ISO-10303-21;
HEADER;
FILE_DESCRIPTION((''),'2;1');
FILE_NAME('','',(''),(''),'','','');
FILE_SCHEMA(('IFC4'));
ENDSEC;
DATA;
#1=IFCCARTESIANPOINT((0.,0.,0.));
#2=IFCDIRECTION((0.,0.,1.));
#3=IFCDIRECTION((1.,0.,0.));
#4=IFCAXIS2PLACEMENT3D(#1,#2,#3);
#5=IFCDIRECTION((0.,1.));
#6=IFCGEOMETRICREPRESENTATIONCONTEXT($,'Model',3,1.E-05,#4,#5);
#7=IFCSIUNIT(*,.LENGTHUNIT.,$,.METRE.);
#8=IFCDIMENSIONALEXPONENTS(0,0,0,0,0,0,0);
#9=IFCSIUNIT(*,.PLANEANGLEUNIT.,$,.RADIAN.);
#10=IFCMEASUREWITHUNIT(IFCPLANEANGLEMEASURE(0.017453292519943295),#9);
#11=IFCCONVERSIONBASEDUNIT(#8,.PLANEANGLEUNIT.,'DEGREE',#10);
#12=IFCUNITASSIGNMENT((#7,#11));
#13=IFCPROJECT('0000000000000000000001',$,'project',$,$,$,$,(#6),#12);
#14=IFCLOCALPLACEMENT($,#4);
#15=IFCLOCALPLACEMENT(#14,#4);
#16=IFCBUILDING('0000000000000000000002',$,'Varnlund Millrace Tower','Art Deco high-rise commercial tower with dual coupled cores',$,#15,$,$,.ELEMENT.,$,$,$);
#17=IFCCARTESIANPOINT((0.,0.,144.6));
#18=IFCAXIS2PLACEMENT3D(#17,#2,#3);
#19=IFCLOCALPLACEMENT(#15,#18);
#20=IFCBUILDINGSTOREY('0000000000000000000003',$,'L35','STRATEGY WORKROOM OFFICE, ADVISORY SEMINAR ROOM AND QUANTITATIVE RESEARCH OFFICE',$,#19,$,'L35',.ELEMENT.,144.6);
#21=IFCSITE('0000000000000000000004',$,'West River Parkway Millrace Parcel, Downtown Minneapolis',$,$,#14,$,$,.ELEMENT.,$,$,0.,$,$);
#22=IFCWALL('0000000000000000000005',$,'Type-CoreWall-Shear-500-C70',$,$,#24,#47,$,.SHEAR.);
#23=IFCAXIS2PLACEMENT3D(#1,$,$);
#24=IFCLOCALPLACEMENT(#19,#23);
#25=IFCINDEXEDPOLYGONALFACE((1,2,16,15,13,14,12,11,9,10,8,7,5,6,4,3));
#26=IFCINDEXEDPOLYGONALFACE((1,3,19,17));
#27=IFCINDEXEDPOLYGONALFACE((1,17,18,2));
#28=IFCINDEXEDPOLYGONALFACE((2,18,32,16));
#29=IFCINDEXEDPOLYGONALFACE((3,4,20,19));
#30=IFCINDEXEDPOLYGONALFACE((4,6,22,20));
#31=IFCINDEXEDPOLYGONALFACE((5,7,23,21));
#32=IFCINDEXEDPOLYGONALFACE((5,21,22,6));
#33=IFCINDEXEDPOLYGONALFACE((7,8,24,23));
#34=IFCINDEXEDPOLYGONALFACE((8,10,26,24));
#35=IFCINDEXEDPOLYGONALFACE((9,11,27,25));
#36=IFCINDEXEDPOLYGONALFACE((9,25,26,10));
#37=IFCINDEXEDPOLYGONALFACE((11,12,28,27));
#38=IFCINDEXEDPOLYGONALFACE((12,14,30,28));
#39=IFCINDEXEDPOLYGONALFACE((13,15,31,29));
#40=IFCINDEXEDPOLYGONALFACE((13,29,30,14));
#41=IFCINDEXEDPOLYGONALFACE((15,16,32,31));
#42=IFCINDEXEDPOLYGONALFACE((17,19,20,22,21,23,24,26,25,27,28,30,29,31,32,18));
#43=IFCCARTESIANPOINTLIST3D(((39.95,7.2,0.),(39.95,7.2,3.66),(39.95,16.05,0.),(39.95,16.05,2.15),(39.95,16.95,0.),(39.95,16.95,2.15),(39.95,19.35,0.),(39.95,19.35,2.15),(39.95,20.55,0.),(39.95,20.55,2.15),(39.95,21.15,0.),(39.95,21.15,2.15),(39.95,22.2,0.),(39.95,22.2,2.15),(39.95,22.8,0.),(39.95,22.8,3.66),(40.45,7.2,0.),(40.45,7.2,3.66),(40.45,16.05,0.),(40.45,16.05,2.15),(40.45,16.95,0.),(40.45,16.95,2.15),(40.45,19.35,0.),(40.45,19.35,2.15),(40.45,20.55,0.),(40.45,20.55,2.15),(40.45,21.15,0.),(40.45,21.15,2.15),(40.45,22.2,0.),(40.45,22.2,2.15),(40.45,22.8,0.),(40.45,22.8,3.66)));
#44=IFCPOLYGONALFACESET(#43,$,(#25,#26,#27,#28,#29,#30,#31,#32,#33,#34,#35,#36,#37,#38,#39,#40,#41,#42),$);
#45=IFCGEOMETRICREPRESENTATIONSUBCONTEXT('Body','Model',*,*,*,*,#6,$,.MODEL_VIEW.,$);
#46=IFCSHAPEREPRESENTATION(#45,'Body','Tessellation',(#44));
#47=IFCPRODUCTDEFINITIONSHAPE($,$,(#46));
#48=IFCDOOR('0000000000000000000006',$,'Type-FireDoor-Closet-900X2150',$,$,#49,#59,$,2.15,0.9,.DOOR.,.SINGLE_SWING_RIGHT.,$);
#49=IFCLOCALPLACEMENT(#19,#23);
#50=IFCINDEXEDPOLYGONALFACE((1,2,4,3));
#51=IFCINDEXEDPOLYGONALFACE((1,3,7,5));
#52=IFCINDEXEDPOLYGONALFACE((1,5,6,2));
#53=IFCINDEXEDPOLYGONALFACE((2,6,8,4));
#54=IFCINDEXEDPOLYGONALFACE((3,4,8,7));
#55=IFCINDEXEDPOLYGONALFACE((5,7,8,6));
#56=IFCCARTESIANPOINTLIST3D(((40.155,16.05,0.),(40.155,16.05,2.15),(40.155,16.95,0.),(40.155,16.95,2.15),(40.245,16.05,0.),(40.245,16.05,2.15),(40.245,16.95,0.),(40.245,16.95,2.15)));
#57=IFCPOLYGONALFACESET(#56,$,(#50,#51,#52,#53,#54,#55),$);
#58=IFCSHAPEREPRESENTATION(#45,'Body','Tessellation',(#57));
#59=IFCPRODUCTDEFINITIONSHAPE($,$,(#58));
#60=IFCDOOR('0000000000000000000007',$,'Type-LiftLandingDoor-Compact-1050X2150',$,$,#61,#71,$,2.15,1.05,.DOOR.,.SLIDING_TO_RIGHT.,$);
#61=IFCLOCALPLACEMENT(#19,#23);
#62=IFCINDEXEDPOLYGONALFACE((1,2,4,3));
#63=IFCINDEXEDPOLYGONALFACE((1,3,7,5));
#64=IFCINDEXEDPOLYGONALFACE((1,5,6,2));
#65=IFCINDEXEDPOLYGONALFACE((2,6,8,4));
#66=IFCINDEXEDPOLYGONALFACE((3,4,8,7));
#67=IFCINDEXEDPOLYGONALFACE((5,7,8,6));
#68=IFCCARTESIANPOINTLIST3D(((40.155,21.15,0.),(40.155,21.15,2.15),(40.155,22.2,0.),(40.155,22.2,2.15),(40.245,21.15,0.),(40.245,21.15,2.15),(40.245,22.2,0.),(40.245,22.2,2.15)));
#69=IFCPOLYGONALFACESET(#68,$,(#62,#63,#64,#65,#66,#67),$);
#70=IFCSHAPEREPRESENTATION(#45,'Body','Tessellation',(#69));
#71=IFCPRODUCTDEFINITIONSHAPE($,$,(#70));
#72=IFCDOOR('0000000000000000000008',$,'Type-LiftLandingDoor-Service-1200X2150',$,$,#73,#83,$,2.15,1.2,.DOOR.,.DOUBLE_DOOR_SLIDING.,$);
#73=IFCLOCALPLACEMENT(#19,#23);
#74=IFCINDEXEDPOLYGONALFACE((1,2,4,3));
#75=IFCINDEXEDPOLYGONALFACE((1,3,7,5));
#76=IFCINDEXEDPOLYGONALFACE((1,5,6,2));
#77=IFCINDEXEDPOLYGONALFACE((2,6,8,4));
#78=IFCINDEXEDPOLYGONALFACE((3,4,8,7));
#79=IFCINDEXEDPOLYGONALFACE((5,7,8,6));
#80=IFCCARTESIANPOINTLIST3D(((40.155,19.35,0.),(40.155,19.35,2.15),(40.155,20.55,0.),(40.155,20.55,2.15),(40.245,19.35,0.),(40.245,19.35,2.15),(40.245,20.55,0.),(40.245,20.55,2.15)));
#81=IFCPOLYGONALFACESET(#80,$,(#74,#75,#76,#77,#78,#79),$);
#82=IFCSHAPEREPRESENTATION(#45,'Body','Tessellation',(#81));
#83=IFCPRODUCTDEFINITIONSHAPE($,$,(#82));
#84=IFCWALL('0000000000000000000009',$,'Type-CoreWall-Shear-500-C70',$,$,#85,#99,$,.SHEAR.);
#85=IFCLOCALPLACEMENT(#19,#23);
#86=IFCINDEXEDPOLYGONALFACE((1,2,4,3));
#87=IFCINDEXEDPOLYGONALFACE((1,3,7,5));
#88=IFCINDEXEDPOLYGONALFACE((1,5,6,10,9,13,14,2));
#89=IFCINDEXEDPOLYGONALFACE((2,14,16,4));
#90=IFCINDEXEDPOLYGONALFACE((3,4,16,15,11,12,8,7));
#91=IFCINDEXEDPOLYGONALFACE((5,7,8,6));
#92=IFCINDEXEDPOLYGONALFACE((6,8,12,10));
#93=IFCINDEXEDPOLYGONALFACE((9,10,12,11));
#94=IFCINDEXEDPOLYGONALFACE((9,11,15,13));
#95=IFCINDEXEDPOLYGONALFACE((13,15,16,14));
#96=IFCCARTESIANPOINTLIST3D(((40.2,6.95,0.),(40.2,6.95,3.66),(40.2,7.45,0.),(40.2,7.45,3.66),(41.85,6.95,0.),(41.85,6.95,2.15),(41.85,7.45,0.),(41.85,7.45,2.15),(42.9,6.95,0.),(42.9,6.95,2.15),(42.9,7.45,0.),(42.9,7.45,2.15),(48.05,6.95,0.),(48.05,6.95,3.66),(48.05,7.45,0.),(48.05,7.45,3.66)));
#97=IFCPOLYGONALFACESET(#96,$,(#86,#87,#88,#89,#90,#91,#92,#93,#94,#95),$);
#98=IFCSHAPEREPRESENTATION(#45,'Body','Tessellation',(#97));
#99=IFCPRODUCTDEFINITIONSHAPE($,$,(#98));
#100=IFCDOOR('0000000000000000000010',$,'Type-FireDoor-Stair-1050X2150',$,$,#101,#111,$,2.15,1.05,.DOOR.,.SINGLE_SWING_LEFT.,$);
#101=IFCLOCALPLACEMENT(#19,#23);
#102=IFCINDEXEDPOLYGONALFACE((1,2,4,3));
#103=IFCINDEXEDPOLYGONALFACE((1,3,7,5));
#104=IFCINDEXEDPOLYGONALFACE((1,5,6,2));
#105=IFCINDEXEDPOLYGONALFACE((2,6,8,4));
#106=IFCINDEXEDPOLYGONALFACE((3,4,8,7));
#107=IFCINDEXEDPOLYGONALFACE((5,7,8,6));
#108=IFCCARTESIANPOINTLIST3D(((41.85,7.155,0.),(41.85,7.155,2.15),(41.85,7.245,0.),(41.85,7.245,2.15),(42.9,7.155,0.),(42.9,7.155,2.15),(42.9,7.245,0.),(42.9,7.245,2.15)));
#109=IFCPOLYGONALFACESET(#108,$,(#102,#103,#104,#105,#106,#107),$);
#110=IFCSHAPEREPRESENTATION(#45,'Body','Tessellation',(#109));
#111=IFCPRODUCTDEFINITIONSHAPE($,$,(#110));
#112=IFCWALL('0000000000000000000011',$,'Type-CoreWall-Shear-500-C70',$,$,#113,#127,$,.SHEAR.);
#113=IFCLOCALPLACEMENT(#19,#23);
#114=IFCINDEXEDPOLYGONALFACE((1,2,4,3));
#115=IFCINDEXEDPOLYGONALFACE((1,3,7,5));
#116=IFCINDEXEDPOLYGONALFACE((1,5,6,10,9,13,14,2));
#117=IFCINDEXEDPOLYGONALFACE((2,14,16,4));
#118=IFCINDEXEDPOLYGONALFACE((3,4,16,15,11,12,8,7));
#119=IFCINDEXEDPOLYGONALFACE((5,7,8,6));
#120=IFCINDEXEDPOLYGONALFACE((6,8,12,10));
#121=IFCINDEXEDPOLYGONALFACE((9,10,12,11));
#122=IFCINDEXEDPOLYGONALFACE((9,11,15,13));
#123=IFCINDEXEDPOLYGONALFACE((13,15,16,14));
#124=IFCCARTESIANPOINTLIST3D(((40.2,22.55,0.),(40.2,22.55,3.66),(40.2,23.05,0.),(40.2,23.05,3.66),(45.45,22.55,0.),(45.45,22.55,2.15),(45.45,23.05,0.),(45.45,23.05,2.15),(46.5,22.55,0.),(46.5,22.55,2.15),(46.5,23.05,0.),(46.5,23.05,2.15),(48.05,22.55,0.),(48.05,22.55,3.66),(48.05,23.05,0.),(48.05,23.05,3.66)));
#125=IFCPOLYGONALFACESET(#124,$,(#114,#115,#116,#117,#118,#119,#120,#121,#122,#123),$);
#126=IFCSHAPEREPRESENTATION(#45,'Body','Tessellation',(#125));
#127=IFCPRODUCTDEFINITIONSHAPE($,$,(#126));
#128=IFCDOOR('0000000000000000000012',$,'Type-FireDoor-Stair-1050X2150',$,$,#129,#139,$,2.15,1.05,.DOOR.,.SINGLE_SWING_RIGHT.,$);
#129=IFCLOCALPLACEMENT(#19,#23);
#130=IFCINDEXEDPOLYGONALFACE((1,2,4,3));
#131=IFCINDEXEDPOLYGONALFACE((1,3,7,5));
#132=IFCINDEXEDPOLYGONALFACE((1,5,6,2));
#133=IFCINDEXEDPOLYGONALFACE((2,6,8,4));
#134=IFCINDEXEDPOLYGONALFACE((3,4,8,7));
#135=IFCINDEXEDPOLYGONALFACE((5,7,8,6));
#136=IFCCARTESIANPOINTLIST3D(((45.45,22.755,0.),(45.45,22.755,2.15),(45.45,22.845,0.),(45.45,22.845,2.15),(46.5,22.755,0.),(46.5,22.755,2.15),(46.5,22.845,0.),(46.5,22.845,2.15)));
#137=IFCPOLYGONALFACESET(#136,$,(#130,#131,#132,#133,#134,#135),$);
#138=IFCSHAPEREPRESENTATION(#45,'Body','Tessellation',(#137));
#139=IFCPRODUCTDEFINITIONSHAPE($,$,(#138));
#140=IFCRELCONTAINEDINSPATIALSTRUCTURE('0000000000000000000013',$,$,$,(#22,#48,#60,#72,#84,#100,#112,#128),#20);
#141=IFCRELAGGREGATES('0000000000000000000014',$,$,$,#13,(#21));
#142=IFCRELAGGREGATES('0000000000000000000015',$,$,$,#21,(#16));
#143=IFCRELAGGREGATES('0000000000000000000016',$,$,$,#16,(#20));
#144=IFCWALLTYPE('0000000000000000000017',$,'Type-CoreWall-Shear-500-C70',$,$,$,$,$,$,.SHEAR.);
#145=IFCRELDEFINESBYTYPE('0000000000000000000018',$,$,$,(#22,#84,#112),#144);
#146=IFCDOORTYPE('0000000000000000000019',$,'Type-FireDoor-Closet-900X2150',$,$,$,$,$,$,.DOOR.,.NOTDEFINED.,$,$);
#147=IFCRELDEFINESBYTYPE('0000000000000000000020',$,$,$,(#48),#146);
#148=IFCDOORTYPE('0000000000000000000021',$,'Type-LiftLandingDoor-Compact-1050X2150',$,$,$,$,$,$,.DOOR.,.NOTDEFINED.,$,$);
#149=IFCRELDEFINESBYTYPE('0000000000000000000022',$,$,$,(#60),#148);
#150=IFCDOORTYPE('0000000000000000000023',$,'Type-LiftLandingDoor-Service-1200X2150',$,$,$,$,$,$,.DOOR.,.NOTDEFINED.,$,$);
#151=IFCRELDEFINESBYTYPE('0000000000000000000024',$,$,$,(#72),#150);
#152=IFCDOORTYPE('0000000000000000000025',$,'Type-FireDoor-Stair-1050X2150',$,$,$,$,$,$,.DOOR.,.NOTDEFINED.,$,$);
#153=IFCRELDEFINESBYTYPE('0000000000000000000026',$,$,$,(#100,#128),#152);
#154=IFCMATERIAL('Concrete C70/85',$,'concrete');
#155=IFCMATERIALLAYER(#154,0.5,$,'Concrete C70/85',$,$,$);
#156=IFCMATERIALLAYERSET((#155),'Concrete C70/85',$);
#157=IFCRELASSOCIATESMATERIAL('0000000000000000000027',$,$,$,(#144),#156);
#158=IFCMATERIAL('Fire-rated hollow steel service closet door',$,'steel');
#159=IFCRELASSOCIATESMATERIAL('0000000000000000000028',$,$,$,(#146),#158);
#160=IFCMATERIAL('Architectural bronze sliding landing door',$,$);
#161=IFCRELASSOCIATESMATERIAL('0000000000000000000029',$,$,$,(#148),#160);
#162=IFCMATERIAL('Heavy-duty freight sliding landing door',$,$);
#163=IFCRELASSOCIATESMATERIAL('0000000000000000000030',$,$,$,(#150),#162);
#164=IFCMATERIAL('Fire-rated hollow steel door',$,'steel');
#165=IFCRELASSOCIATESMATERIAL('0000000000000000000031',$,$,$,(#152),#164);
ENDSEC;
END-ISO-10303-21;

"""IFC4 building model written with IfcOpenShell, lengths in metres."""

from ifc_helpers import new_model, entity, si_unit, converted_unit, direction, frame, origin_with_axes, origin_2d_with_axis, place, context, subcontext, project, spatial, polyline, rectangle, outline, extrude, material, layer, layer_set, type_object, element, fill, save


model = new_model("IFC4")

# Units and contexts
model_context = context("Model", 3, precision=1e-05, world=origin_with_axes(), true_north=direction((0.0, 1.0)))
body_context = subcontext(model_context, "Body", "Model", "MODEL_VIEW")
ifc_project = project(units=[si_unit("LENGTHUNIT", "METRE"), converted_unit("PLANEANGLEUNIT", "DEGREE", entity("IfcPlaneAngleMeasure", 0.017453292519943295), si_unit("PLANEANGLEUNIT", "RADIAN"), dimensions=[0, 0, 0, 0, 0, 0, 0])], contexts=[model_context])

# Site, building, storey
site_placement = place(None, origin_with_axes())
site = spatial("IfcSite", under=ifc_project, at=site_placement, Name="West River Parkway Millrace Parcel, Downtown Minneapolis", CompositionType="ELEMENT", RefElevation=0.0)
building_placement = place(site_placement, origin_with_axes())
building = spatial("IfcBuilding", under=site, at=building_placement, Name="Varnlund Millrace Tower", Description="Art Deco high-rise commercial tower with dual coupled cores", CompositionType="ELEMENT")
storey_placement = place(building_placement, frame((0.0, 0.0, 144.6), z_axis=(0.0, 0.0, 1.0), x_axis=(1.0, 0.0, 0.0)))
storey = spatial("IfcBuildingStorey", under=building, at=storey_placement, Name="L35", Description="STRATEGY WORKROOM OFFICE, ADVISORY SEMINAR ROOM AND QUANTITATIVE RESEARCH OFFICE", LongName="L35", CompositionType="ELEMENT", Elevation=144.6)

# Wall, openings, doors
ifc_material_1 = material(Name="Concrete C70/85", Category="concrete")
ifc_layer_1 = layer(ifc_material_1, 0.5, Name="Concrete C70/85")
ifc_layer_set_1 = layer_set([ifc_layer_1], Name="Concrete C70/85")
wall_type_1 = type_object("IfcWallType", Name="Type-CoreWall-Shear-500-C70", PredefinedType="SHEAR", material=ifc_layer_set_1)
wall_1_placement = place(storey_placement, frame((40.2, 7.2, 0.0), z_axis=(0.0, 0.0, 1.0), x_axis=(0.0, 1.0, 0.0)))
wall_1 = element("IfcWall", 1, at=wall_1_placement, inside=storey, type_object=wall_type_1, Name="Type-CoreWall-Shear-500-C70", PredefinedType="SHEAR", context=body_context, shape_type="SweptSolid", body=[
    extrude(outline(polyline([(0.0, -0.25), (15.6, -0.25), (15.6, 0.25), (0.0, 0.25), (0.0, -0.25)])), origin_with_axes(), (0.0, 0.0, 1.0), 3.66),
])
opening_1_placement = place(wall_1_placement, frame((14.475, 0.0, 0.0), z_axis=(0.0, 0.0, 1.0), x_axis=(1.0, 0.0, 0.0)))
opening_1 = element("IfcOpeningElement", 2, at=opening_1_placement, cuts=wall_1, PredefinedType="OPENING", context=body_context, shape_type="SweptSolid", body=[
    extrude(rectangle(XDim=1.05, YDim=0.52, at=origin_2d_with_axis()), origin_with_axes(), (0.0, 0.0, 1.0), 2.15),
])
opening_2_placement = place(wall_1_placement, frame((12.75, 0.0, 0.0), z_axis=(0.0, 0.0, 1.0), x_axis=(1.0, 0.0, 0.0)))
opening_2 = element("IfcOpeningElement", 3, at=opening_2_placement, cuts=wall_1, PredefinedType="OPENING", context=body_context, shape_type="SweptSolid", body=[
    extrude(rectangle(XDim=1.2, YDim=0.52, at=origin_2d_with_axis()), origin_with_axes(), (0.0, 0.0, 1.0), 2.15),
])
opening_3_placement = place(wall_1_placement, frame((9.3, 0.0, 0.0), z_axis=(0.0, 0.0, 1.0), x_axis=(1.0, 0.0, 0.0)))
opening_3 = element("IfcOpeningElement", 4, at=opening_3_placement, cuts=wall_1, PredefinedType="OPENING", context=body_context, shape_type="SweptSolid", body=[
    extrude(rectangle(XDim=0.9, YDim=0.52, at=origin_2d_with_axis()), origin_with_axes(), (0.0, 0.0, 1.0), 2.15),
])
ifc_material_2 = material(Name="Fire-rated hollow steel service closet door", Category="steel")
door_type_1 = type_object("IfcDoorType", Name="Type-FireDoor-Closet-900X2150", OperationType="NOTDEFINED", PredefinedType="DOOR", material=ifc_material_2)
door_1_placement = place(wall_1_placement, frame((9.3, 0.0, 0.0), z_axis=(0.0, 0.0, 1.0), x_axis=(1.0, 0.0, 0.0)))
door_1 = element("IfcDoor", 5, at=door_1_placement, inside=storey, type_object=door_type_1, Name="Type-FireDoor-Closet-900X2150", OperationType="SINGLE_SWING_RIGHT", OverallHeight=2.15, OverallWidth=0.9, PredefinedType="DOOR", context=body_context, shape_type="SweptSolid", body=[
    extrude(rectangle(XDim=0.9, YDim=0.09, at=origin_2d_with_axis()), origin_with_axes(), (0.0, 0.0, 1.0), 2.15),
])
fill(opening_3, door_1)
ifc_material_3 = material(Name="Architectural bronze sliding landing door")
door_type_2 = type_object("IfcDoorType", Name="Type-LiftLandingDoor-Compact-1050X2150", OperationType="NOTDEFINED", PredefinedType="DOOR", material=ifc_material_3)
door_2_placement = place(wall_1_placement, frame((14.475, 0.0, 0.0), z_axis=(0.0, 0.0, 1.0), x_axis=(1.0, 0.0, 0.0)))
door_2 = element("IfcDoor", 6, at=door_2_placement, inside=storey, type_object=door_type_2, Name="Type-LiftLandingDoor-Compact-1050X2150", OperationType="SLIDING_TO_RIGHT", OverallHeight=2.15, OverallWidth=1.05, PredefinedType="DOOR", context=body_context, shape_type="SweptSolid", body=[
    extrude(rectangle(XDim=1.05, YDim=0.09, at=origin_2d_with_axis()), origin_with_axes(), (0.0, 0.0, 1.0), 2.15),
])
fill(opening_1, door_2)
ifc_material_4 = material(Name="Heavy-duty freight sliding landing door")
door_type_3 = type_object("IfcDoorType", Name="Type-LiftLandingDoor-Service-1200X2150", OperationType="NOTDEFINED", PredefinedType="DOOR", material=ifc_material_4)
door_3_placement = place(wall_1_placement, frame((12.75, 0.0, 0.0), z_axis=(0.0, 0.0, 1.0), x_axis=(1.0, 0.0, 0.0)))
door_3 = element("IfcDoor", 7, at=door_3_placement, inside=storey, type_object=door_type_3, Name="Type-LiftLandingDoor-Service-1200X2150", OperationType="DOUBLE_DOOR_SLIDING", OverallHeight=2.15, OverallWidth=1.2, PredefinedType="DOOR", context=body_context, shape_type="SweptSolid", body=[
    extrude(rectangle(XDim=1.2, YDim=0.09, at=origin_2d_with_axis()), origin_with_axes(), (0.0, 0.0, 1.0), 2.15),
])
fill(opening_2, door_3)

# Walls, openings, doors
wall_2_placement = place(storey_placement, frame((40.2, 7.2, 0.0), z_axis=(0.0, 0.0, 1.0), x_axis=(1.0, 0.0, 0.0)))
wall_2 = element("IfcWall", 8, at=wall_2_placement, inside=storey, type_object=wall_type_1, Name="Type-CoreWall-Shear-500-C70", PredefinedType="SHEAR", context=body_context, shape_type="SweptSolid", body=[
    extrude(outline(polyline([(0.0, -0.25), (7.85, -0.25), (7.85, 0.25), (0.0, 0.25), (0.0, -0.25)])), origin_with_axes(), (0.0, 0.0, 1.0), 3.66),
])
opening_4_placement = place(wall_2_placement, frame((2.175, 0.0, 0.0), z_axis=(0.0, 0.0, 1.0), x_axis=(1.0, 0.0, 0.0)))
opening_4 = element("IfcOpeningElement", 9, at=opening_4_placement, cuts=wall_2, PredefinedType="OPENING", context=body_context, shape_type="SweptSolid", body=[
    extrude(rectangle(XDim=1.05, YDim=0.52, at=origin_2d_with_axis()), origin_with_axes(), (0.0, 0.0, 1.0), 2.15),
])
ifc_material_5 = material(Name="Fire-rated hollow steel door", Category="steel")
door_type_4 = type_object("IfcDoorType", Name="Type-FireDoor-Stair-1050X2150", OperationType="NOTDEFINED", PredefinedType="DOOR", material=ifc_material_5)
door_4_placement = place(wall_2_placement, frame((2.175, 0.0, 0.0), z_axis=(0.0, 0.0, 1.0), x_axis=(1.0, 0.0, 0.0)))
door_4 = element("IfcDoor", 10, at=door_4_placement, inside=storey, type_object=door_type_4, Name="Type-FireDoor-Stair-1050X2150", OperationType="SINGLE_SWING_LEFT", OverallHeight=2.15, OverallWidth=1.05, PredefinedType="DOOR", context=body_context, shape_type="SweptSolid", body=[
    extrude(rectangle(XDim=1.05, YDim=0.09, at=origin_2d_with_axis()), origin_with_axes(), (0.0, 0.0, 1.0), 2.15),
])
fill(opening_4, door_4)
wall_3_placement = place(storey_placement, frame((40.2, 22.8, 0.0), z_axis=(0.0, 0.0, 1.0), x_axis=(1.0, 0.0, 0.0)))
wall_3 = element("IfcWall", 11, at=wall_3_placement, inside=storey, type_object=wall_type_1, Name="Type-CoreWall-Shear-500-C70", PredefinedType="SHEAR", context=body_context, shape_type="SweptSolid", body=[
    extrude(outline(polyline([(0.0, -0.25), (7.85, -0.25), (7.85, 0.25), (0.0, 0.25), (0.0, -0.25)])), origin_with_axes(), (0.0, 0.0, 1.0), 3.66),
])
opening_5_placement = place(wall_3_placement, frame((5.775, 0.0, 0.0), z_axis=(0.0, 0.0, 1.0), x_axis=(1.0, 0.0, 0.0)))
opening_5 = element("IfcOpeningElement", 12, at=opening_5_placement, cuts=wall_3, PredefinedType="OPENING", context=body_context, shape_type="SweptSolid", body=[
    extrude(rectangle(XDim=1.05, YDim=0.52, at=origin_2d_with_axis()), origin_with_axes(), (0.0, 0.0, 1.0), 2.15),
])
door_5_placement = place(wall_3_placement, frame((5.775, 0.0, 0.0), z_axis=(0.0, 0.0, 1.0), x_axis=(1.0, 0.0, 0.0)))
door_5 = element("IfcDoor", 13, at=door_5_placement, inside=storey, type_object=door_type_4, Name="Type-FireDoor-Stair-1050X2150", OperationType="SINGLE_SWING_RIGHT", OverallHeight=2.15, OverallWidth=1.05, PredefinedType="DOOR", context=body_context, shape_type="SweptSolid", body=[
    extrude(rectangle(XDim=1.05, YDim=0.09, at=origin_2d_with_axis()), origin_with_axes(), (0.0, 0.0, 1.0), 2.15),
])
fill(opening_5, door_5)

save(model, "model.ifc")
